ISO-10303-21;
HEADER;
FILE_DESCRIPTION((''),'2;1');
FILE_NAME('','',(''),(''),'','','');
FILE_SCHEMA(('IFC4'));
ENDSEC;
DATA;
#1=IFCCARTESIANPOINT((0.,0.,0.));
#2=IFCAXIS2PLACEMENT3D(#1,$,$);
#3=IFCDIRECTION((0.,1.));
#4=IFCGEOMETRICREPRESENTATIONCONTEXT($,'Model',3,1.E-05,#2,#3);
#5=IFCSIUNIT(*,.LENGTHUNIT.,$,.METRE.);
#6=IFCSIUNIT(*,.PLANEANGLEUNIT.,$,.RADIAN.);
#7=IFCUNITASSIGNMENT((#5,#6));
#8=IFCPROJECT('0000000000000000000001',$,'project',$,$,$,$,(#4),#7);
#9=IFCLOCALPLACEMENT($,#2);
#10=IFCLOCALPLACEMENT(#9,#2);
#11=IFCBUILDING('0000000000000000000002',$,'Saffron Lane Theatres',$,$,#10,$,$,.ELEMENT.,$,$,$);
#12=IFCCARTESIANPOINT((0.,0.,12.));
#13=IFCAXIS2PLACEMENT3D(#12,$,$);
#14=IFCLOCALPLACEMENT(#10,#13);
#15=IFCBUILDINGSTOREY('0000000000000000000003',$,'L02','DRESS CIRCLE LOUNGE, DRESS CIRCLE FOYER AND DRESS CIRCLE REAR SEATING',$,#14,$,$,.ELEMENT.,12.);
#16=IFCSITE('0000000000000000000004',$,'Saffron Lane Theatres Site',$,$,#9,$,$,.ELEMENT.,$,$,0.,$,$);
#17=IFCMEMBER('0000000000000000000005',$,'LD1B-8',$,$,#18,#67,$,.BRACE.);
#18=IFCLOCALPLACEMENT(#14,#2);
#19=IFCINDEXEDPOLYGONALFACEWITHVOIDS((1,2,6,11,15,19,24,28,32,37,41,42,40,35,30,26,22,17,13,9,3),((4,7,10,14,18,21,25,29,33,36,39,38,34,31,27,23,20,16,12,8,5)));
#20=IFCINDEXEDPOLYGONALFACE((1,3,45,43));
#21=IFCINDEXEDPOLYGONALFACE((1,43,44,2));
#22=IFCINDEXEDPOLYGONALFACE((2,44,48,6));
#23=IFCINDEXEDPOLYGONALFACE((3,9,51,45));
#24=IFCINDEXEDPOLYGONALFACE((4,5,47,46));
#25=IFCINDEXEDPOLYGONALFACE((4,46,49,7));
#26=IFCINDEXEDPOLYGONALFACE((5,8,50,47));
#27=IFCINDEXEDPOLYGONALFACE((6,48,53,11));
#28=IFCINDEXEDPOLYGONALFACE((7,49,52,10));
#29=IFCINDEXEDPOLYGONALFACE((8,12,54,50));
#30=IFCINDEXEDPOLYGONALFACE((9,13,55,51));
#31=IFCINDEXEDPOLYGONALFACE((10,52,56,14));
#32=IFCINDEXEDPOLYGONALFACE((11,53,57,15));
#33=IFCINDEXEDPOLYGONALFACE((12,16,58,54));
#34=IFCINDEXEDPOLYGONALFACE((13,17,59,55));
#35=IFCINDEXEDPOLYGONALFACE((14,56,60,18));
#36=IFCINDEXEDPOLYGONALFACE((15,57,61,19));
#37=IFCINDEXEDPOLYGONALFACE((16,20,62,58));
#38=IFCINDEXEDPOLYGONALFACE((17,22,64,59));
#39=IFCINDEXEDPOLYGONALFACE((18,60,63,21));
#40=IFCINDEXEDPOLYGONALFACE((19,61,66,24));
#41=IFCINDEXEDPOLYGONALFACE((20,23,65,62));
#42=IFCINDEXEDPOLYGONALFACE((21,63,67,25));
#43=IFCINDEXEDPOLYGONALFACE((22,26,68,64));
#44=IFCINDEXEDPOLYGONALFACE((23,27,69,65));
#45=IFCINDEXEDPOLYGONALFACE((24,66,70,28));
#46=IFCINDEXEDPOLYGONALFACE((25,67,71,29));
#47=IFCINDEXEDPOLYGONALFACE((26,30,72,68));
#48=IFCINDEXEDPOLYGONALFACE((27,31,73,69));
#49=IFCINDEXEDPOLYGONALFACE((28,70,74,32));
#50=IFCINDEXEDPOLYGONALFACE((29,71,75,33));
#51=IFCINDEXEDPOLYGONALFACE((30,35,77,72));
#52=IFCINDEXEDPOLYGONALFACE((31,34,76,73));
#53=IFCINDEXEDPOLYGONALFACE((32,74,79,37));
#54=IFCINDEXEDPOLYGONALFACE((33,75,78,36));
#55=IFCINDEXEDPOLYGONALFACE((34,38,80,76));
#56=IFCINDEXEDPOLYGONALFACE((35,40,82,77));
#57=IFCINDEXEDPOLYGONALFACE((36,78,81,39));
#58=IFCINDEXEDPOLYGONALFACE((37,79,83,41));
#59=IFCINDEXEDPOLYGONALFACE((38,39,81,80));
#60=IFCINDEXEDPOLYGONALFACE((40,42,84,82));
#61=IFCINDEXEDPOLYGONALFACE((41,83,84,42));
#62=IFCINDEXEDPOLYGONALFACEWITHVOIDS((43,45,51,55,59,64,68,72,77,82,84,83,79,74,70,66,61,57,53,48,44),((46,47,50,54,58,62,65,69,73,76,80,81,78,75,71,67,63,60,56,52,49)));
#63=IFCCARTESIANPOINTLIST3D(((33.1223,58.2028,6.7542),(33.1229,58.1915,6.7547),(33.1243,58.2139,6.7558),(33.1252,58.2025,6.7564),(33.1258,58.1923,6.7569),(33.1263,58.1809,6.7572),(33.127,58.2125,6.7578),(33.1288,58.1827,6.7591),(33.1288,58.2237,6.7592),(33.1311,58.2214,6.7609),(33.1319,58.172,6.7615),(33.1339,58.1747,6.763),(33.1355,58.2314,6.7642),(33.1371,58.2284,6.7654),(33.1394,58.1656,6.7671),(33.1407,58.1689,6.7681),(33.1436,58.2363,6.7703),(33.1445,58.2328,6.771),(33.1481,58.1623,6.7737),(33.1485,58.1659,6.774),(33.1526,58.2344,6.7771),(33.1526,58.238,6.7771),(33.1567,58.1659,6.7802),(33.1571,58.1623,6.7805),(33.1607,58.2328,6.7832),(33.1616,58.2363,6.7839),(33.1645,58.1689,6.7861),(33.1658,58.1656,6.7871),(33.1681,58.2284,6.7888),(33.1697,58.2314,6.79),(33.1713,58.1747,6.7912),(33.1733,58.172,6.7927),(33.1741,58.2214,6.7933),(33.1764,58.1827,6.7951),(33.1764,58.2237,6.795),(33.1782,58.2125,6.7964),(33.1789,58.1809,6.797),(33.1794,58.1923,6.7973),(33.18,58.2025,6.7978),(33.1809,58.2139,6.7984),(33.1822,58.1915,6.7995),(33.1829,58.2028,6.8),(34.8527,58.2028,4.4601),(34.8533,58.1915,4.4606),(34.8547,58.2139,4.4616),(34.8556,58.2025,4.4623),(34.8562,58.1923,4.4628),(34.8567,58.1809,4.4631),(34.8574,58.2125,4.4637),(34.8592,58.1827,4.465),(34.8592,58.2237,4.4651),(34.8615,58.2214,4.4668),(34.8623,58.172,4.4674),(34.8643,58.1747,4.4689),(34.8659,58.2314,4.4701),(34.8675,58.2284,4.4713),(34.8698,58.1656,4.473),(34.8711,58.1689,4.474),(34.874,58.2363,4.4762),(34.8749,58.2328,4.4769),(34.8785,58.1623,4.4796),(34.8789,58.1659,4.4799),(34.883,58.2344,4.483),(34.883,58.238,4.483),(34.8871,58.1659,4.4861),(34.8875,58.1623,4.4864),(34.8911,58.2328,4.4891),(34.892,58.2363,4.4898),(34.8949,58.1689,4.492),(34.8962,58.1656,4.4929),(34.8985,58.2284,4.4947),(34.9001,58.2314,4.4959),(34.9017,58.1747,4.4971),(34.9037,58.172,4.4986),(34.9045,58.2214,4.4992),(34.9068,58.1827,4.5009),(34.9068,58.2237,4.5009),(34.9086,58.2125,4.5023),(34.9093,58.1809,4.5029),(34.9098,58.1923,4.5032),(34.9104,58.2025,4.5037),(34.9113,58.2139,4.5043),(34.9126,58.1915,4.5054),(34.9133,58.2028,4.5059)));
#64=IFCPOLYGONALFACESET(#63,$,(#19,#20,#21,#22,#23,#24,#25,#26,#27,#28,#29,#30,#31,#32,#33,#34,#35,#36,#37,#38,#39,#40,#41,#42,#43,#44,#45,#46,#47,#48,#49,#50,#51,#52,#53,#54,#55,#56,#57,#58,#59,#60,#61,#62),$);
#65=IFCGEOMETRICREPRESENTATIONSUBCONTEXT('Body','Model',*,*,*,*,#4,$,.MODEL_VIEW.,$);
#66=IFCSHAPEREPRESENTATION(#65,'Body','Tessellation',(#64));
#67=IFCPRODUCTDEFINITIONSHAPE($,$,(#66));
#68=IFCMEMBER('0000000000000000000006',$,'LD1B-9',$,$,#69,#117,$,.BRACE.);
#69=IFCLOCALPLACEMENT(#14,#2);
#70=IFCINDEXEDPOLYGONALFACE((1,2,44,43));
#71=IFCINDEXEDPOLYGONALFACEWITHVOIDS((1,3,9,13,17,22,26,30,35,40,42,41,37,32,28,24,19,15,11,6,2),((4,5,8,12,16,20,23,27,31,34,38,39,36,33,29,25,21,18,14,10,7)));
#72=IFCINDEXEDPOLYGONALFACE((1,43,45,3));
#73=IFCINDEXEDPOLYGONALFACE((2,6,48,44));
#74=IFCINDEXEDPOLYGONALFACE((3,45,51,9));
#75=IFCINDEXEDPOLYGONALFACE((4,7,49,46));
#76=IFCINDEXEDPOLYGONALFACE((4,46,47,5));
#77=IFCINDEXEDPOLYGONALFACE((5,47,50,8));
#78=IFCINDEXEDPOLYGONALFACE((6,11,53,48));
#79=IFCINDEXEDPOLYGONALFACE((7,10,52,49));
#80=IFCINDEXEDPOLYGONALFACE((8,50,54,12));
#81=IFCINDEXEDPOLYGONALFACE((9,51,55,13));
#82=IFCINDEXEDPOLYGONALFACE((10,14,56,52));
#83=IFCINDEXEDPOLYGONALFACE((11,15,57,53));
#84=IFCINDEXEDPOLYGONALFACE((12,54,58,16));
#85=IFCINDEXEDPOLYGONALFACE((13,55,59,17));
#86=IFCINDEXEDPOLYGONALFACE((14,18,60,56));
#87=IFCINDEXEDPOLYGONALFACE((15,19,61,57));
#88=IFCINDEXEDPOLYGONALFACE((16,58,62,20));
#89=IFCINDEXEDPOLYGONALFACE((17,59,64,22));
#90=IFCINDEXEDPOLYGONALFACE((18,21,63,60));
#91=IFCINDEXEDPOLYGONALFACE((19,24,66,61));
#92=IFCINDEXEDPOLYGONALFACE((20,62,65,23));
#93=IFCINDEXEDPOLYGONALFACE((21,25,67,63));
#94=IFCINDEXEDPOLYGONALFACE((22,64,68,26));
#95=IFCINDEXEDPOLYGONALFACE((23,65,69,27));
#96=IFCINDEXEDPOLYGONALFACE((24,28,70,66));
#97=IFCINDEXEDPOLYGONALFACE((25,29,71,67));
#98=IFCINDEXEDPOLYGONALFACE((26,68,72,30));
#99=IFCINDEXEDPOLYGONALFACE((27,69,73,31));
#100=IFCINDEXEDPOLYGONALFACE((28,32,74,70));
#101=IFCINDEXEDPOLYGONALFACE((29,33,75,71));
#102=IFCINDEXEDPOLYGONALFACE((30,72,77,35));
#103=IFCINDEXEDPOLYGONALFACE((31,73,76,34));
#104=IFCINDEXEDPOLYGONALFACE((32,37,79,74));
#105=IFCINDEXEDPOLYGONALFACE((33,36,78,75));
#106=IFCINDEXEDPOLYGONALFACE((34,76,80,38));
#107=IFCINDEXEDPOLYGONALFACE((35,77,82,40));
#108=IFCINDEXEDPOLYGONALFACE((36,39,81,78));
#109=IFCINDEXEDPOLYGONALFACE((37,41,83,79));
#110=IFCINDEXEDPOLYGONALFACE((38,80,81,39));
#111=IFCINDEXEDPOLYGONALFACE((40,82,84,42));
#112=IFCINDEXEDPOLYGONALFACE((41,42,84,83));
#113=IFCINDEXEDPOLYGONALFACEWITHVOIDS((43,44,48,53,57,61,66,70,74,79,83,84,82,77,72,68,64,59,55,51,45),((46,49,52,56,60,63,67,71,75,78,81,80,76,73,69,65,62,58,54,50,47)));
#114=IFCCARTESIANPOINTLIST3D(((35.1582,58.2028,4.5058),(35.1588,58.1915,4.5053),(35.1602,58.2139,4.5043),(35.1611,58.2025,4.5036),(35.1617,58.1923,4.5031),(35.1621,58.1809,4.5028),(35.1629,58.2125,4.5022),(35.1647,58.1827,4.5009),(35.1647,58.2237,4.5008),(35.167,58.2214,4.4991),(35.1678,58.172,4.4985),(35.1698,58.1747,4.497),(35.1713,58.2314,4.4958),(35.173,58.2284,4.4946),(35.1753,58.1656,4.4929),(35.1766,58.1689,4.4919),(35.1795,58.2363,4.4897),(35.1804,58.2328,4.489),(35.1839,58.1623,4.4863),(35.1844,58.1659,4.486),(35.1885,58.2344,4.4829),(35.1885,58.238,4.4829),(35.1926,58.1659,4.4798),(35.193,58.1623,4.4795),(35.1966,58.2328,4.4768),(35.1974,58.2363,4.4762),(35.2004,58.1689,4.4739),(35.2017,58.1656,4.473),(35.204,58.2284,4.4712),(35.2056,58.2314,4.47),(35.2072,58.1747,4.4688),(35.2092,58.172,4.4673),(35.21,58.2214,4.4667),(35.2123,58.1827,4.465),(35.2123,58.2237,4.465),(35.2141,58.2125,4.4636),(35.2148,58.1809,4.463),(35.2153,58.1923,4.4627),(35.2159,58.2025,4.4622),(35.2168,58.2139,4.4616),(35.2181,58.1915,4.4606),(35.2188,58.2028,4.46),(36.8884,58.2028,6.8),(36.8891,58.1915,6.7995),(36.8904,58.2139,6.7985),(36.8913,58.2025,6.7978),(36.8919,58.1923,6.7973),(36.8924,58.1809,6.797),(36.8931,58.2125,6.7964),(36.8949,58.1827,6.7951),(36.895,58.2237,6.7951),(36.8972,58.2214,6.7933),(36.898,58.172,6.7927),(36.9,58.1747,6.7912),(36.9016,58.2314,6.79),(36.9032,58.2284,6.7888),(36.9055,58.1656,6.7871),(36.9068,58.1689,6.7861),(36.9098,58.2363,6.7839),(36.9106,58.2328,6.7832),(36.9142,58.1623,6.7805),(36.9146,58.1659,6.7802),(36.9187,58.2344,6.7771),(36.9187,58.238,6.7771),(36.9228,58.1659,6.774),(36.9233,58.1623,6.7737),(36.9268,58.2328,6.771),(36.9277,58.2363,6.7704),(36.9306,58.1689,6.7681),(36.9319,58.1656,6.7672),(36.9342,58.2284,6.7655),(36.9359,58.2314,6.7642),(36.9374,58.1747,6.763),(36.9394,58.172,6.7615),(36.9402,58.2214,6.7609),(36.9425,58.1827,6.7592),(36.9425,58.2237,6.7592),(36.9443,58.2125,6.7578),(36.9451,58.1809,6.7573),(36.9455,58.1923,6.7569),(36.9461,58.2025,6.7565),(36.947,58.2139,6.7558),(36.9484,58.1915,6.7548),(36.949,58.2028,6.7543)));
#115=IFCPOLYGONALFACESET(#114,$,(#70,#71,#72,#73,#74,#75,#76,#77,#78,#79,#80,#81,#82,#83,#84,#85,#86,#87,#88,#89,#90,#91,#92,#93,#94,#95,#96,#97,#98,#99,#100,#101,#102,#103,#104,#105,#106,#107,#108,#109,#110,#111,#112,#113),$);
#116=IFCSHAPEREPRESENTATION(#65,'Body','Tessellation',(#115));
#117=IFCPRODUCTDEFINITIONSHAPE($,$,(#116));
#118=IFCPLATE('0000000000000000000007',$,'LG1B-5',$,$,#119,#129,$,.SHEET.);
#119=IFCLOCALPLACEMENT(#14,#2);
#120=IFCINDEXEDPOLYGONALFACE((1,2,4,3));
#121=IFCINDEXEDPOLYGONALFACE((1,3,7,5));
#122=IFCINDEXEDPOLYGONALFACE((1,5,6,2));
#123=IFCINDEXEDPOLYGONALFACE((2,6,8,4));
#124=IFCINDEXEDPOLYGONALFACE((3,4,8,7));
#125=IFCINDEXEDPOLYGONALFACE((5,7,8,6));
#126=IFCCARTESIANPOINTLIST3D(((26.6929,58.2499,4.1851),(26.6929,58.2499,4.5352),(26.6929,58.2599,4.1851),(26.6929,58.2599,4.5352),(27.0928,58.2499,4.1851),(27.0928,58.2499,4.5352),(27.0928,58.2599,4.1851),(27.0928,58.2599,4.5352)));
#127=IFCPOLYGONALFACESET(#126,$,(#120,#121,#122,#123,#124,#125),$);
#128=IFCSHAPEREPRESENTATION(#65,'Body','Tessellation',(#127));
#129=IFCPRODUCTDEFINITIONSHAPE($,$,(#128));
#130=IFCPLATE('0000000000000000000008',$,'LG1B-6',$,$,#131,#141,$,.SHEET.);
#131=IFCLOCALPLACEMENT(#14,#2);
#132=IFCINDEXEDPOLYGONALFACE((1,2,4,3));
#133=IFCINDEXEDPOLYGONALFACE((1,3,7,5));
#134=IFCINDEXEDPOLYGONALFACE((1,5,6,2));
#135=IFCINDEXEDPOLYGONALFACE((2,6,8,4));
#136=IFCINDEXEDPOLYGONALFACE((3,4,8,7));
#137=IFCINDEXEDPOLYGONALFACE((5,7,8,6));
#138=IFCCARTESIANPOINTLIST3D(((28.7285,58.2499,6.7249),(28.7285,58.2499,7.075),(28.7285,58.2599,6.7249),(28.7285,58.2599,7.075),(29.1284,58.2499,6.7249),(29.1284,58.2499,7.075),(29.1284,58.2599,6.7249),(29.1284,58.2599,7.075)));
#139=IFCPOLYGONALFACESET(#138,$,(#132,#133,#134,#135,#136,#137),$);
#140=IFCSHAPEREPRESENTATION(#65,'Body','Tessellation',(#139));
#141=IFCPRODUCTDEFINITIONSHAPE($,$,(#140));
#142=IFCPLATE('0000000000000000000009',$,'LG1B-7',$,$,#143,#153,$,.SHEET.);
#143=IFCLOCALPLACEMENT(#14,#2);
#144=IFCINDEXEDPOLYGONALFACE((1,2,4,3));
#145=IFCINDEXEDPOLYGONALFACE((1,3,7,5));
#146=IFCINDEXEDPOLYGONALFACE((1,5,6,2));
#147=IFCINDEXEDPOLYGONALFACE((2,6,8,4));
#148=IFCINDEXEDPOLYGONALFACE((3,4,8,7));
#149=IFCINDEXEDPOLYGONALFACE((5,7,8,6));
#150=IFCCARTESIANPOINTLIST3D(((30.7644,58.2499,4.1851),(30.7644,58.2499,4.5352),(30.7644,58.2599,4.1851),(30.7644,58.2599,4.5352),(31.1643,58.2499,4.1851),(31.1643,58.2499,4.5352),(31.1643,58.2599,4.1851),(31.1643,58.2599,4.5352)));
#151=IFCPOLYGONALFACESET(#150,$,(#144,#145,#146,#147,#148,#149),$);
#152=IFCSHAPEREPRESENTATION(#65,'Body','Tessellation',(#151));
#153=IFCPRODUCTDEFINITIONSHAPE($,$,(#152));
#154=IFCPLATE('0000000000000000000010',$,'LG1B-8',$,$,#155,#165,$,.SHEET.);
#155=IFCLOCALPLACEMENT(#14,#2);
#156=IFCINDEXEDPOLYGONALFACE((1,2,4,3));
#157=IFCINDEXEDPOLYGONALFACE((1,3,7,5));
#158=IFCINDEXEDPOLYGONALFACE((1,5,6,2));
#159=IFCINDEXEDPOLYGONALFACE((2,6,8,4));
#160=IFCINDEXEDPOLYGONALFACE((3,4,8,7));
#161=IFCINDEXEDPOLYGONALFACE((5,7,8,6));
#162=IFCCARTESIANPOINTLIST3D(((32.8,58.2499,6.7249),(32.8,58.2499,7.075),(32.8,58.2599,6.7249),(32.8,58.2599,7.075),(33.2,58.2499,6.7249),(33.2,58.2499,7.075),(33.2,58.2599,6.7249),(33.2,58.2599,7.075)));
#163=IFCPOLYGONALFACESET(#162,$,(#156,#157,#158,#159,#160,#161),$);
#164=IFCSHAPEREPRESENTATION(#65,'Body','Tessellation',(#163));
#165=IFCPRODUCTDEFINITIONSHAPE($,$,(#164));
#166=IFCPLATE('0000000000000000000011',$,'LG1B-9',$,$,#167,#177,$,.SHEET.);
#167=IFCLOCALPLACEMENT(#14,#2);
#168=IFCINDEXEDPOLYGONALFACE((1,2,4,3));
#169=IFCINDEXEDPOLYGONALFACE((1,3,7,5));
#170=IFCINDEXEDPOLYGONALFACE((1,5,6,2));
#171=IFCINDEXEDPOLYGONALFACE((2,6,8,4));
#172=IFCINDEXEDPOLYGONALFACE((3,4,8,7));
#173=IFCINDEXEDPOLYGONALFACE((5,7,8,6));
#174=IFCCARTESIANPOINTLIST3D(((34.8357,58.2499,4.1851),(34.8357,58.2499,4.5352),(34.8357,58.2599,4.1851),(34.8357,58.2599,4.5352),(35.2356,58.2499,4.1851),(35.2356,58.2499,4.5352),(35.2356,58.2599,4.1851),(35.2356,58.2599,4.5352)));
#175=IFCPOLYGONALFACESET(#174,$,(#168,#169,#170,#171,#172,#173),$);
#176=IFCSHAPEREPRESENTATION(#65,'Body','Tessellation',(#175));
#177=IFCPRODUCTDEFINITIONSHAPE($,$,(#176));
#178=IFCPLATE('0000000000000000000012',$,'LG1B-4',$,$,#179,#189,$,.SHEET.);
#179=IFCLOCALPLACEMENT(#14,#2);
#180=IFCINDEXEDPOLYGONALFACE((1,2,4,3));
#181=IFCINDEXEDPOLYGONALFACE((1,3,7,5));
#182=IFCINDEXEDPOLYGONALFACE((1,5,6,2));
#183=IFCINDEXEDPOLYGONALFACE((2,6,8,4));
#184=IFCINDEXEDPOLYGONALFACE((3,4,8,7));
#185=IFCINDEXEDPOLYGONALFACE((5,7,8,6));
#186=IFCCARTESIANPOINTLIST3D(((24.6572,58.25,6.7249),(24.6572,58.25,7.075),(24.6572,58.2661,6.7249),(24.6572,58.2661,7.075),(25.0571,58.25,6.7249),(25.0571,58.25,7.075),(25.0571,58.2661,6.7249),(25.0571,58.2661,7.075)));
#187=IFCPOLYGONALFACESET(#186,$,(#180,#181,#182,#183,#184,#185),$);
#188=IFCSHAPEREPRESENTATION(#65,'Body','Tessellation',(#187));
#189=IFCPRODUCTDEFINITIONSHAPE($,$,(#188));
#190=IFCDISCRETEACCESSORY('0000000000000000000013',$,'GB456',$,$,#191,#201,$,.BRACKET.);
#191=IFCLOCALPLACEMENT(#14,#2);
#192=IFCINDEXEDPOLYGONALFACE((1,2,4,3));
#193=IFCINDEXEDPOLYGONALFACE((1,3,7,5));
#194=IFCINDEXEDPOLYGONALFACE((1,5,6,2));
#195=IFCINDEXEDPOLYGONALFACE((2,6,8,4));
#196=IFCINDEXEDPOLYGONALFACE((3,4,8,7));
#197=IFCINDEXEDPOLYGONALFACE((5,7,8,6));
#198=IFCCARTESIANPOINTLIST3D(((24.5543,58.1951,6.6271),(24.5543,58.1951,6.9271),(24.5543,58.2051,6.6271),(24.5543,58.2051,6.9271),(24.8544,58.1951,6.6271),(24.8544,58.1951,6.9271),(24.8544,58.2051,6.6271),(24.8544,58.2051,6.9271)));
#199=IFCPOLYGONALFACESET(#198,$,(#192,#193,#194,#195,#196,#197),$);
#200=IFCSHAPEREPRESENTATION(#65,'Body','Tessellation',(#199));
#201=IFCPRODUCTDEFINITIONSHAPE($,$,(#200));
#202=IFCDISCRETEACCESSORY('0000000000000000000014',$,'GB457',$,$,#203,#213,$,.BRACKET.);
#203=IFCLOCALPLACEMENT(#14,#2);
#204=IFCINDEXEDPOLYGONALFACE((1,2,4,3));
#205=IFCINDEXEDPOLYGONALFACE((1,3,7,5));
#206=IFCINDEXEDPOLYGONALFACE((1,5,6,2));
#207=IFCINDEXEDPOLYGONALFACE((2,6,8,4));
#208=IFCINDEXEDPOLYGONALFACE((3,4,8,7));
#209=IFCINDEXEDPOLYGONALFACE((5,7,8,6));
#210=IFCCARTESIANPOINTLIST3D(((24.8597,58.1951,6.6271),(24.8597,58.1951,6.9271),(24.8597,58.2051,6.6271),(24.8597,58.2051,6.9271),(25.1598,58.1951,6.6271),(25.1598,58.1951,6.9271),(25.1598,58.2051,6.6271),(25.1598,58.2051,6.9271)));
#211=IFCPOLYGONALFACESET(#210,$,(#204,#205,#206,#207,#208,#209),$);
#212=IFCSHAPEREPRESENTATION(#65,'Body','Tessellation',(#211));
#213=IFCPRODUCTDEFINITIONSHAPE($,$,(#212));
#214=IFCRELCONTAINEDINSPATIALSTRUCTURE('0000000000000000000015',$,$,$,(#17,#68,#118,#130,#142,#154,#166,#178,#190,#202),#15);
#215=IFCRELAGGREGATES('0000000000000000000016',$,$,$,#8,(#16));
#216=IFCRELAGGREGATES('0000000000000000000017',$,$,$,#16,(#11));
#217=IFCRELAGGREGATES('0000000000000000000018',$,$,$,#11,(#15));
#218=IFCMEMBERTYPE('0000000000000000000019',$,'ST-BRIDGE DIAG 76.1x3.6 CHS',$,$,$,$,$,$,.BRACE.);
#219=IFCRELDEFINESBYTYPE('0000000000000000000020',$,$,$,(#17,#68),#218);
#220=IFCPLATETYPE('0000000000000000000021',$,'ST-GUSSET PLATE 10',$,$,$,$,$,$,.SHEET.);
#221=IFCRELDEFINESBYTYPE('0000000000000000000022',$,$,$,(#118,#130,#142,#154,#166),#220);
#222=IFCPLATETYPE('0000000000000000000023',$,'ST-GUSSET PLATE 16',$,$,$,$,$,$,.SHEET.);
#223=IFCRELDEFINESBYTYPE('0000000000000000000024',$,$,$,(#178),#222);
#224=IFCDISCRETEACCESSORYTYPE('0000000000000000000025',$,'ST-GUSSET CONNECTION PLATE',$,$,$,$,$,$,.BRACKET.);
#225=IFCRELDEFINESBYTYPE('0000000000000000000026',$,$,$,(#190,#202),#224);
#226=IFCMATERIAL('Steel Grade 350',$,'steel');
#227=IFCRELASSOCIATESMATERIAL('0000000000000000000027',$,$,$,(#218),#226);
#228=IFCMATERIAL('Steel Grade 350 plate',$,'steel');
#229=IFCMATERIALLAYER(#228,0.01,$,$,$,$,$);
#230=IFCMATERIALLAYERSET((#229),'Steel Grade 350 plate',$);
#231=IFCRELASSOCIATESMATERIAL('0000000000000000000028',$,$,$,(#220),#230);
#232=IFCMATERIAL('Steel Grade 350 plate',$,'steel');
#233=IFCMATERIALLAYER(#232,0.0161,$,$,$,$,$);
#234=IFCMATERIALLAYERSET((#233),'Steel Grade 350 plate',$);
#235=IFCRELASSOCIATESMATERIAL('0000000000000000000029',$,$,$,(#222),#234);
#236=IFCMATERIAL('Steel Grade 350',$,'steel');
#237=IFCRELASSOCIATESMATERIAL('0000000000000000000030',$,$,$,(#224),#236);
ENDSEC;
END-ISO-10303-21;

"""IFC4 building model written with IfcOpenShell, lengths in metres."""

from ifc_helpers import new_model, si_unit, direction, frame, origin, origin_2d, place, context, subcontext, project, spatial, rectangle, hollow_circle, extrude, material, layer, layer_set, material_profile, profile_set, type_object, element, save


model = new_model("IFC4")

# Units and contexts
model_context = context("Model", 3, precision=1e-05, world=origin(), true_north=direction((0.0, 1.0)))
body_context = subcontext(model_context, "Body", "Model", "MODEL_VIEW")
ifc_project = project(units=[si_unit("LENGTHUNIT", "METRE"), si_unit("PLANEANGLEUNIT", "RADIAN")], contexts=[model_context])

# Site, building, storey
site_placement = place(None, origin())
site = spatial("IfcSite", under=ifc_project, at=site_placement, Name="Saffron Lane Theatres Site", CompositionType="ELEMENT", RefElevation=0.0)
building_placement = place(site_placement, origin())
building = spatial("IfcBuilding", under=site, at=building_placement, Name="Saffron Lane Theatres", CompositionType="ELEMENT")
storey_placement = place(building_placement, frame((0.0, 0.0, 12.0)))
storey = spatial("IfcBuildingStorey", under=building, at=storey_placement, Name="L02", Description="DRESS CIRCLE LOUNGE, DRESS CIRCLE FOYER AND DRESS CIRCLE REAR SEATING", CompositionType="ELEMENT", Elevation=12.0)

# Members
ifc_material_1 = material(Name="Steel Grade 350", Category="steel")
ifc_material_profile_1 = material_profile(ifc_material_1, hollow_circle(Radius=0.0381, WallThickness=0.0037, at=origin_2d()))
ifc_profile_set_1 = profile_set([ifc_material_profile_1], Name="Steel Grade 350")
member_type = type_object("IfcMemberType", Name="ST-BRIDGE DIAG 76.1x3.6 CHS", PredefinedType="BRACE", material=ifc_profile_set_1)
for number, where, z_axis, x_axis, name in (
    (1, (33.1526, 58.2, 6.7771), (0.602186, 0.0, -0.798356), (0.0, 1.0, 0.0), "LD1B-8"),
    (2, (35.1885, 58.2, 4.4829), (0.602132, 0.0, 0.798396), (0.0, 1.0, 0.0), "LD1B-9"),
):
    element("IfcMember", number, at=place(storey_placement, frame(where, z_axis=z_axis, x_axis=x_axis)), inside=storey, type_object=member_type, Name=name, PredefinedType="BRACE", context=body_context, shape_type="SweptSolid", body=[
        extrude(hollow_circle(Radius=0.0381, WallThickness=0.0037, at=origin_2d()), origin(), (0.0, 0.0, 1.0), 2.8735),
    ])

# Plates
ifc_material_2 = material(Name="Steel Grade 350 plate", Category="steel")
ifc_layer_1 = layer(ifc_material_2, 0.01)
ifc_layer_set_1 = layer_set([ifc_layer_1], Name="Steel Grade 350 plate")
plate_type_1 = type_object("IfcPlateType", Name="ST-GUSSET PLATE 10", PredefinedType="SHEET", material=ifc_layer_set_1)
for number, where, z_axis, x_axis, name in (
    (3, (26.8928, 58.2549, 4.1851), (0.0, 0.0, 1.0), (1.0, 0.0, 0.0), "LG1B-5"),
    (4, (28.9285, 58.2549, 6.7249), (0.0, 0.0, 1.0), (1.0, 0.0, 0.0), "LG1B-6"),
    (5, (30.9644, 58.2549, 4.1851), (0.0, 0.0, 1.0), (1.0, 0.0, 0.0), "LG1B-7"),
    (6, (33.0, 58.2549, 6.7249), (0.0, 0.0, 1.0), (1.0, 0.0, 0.0), "LG1B-8"),
    (7, (35.0356, 58.2549, 4.1851), (0.0, 0.0, 1.0), (1.0, 0.0, 0.0), "LG1B-9"),
):
    element("IfcPlate", number, at=place(storey_placement, frame(where, z_axis=z_axis, x_axis=x_axis)), inside=storey, type_object=plate_type_1, Name=name, PredefinedType="SHEET", context=body_context, shape_type="SweptSolid", body=[
        extrude(rectangle(XDim=0.3999, YDim=0.01, at=origin_2d()), origin(), (0.0, 0.0, 1.0), 0.3501),
    ])
ifc_material_3 = material(Name="Steel Grade 350 plate", Category="steel")
ifc_layer_2 = layer(ifc_material_3, 0.0161)
ifc_layer_set_2 = layer_set([ifc_layer_2], Name="Steel Grade 350 plate")
plate_type_2 = type_object("IfcPlateType", Name="ST-GUSSET PLATE 16", PredefinedType="SHEET", material=ifc_layer_set_2)
plate_placement = place(storey_placement, frame((24.8572, 58.2581, 6.7249), z_axis=(0.0, 0.0, 1.0), x_axis=(1.0, 0.0, 0.0)))
element("IfcPlate", 8, at=plate_placement, inside=storey, type_object=plate_type_2, Name="LG1B-4", PredefinedType="SHEET", context=body_context, shape_type="SweptSolid", body=[
    extrude(rectangle(XDim=0.3999, YDim=0.0161, at=origin_2d()), origin(), (0.0, 0.0, 1.0), 0.3501),
])

# Discrete accessories
ifc_material_4 = material(Name="Steel Grade 350", Category="steel")
ifc_material_profile_2 = material_profile(ifc_material_4, rectangle(XDim=0.3, YDim=0.3, at=origin_2d()))
ifc_profile_set_2 = profile_set([ifc_material_profile_2], Name="Steel Grade 350")
discrete_accessory_type = type_object("IfcDiscreteAccessoryType", Name="ST-GUSSET CONNECTION PLATE", PredefinedType="BRACKET", material=ifc_profile_set_2)
for number, where, z_axis, x_axis, name in (
    (9, (24.7043, 58.1951, 6.7771), (0.0, 1.0, 0.0), (-1.0, 0.0, 0.0), "GB456"),
    (10, (25.0098, 58.1951, 6.7771), (0.0, 1.0, 0.0), (-1.0, 0.0, 0.0), "GB457"),
):
    element("IfcDiscreteAccessory", number, at=place(storey_placement, frame(where, z_axis=z_axis, x_axis=x_axis)), inside=storey, type_object=discrete_accessory_type, Name=name, PredefinedType="BRACKET", context=body_context, shape_type="SweptSolid", body=[
        extrude(rectangle(XDim=0.3, YDim=0.3, at=origin_2d()), origin(), (0.0, 0.0, 1.0), 0.01),
    ])

save(model, "model.ifc")
